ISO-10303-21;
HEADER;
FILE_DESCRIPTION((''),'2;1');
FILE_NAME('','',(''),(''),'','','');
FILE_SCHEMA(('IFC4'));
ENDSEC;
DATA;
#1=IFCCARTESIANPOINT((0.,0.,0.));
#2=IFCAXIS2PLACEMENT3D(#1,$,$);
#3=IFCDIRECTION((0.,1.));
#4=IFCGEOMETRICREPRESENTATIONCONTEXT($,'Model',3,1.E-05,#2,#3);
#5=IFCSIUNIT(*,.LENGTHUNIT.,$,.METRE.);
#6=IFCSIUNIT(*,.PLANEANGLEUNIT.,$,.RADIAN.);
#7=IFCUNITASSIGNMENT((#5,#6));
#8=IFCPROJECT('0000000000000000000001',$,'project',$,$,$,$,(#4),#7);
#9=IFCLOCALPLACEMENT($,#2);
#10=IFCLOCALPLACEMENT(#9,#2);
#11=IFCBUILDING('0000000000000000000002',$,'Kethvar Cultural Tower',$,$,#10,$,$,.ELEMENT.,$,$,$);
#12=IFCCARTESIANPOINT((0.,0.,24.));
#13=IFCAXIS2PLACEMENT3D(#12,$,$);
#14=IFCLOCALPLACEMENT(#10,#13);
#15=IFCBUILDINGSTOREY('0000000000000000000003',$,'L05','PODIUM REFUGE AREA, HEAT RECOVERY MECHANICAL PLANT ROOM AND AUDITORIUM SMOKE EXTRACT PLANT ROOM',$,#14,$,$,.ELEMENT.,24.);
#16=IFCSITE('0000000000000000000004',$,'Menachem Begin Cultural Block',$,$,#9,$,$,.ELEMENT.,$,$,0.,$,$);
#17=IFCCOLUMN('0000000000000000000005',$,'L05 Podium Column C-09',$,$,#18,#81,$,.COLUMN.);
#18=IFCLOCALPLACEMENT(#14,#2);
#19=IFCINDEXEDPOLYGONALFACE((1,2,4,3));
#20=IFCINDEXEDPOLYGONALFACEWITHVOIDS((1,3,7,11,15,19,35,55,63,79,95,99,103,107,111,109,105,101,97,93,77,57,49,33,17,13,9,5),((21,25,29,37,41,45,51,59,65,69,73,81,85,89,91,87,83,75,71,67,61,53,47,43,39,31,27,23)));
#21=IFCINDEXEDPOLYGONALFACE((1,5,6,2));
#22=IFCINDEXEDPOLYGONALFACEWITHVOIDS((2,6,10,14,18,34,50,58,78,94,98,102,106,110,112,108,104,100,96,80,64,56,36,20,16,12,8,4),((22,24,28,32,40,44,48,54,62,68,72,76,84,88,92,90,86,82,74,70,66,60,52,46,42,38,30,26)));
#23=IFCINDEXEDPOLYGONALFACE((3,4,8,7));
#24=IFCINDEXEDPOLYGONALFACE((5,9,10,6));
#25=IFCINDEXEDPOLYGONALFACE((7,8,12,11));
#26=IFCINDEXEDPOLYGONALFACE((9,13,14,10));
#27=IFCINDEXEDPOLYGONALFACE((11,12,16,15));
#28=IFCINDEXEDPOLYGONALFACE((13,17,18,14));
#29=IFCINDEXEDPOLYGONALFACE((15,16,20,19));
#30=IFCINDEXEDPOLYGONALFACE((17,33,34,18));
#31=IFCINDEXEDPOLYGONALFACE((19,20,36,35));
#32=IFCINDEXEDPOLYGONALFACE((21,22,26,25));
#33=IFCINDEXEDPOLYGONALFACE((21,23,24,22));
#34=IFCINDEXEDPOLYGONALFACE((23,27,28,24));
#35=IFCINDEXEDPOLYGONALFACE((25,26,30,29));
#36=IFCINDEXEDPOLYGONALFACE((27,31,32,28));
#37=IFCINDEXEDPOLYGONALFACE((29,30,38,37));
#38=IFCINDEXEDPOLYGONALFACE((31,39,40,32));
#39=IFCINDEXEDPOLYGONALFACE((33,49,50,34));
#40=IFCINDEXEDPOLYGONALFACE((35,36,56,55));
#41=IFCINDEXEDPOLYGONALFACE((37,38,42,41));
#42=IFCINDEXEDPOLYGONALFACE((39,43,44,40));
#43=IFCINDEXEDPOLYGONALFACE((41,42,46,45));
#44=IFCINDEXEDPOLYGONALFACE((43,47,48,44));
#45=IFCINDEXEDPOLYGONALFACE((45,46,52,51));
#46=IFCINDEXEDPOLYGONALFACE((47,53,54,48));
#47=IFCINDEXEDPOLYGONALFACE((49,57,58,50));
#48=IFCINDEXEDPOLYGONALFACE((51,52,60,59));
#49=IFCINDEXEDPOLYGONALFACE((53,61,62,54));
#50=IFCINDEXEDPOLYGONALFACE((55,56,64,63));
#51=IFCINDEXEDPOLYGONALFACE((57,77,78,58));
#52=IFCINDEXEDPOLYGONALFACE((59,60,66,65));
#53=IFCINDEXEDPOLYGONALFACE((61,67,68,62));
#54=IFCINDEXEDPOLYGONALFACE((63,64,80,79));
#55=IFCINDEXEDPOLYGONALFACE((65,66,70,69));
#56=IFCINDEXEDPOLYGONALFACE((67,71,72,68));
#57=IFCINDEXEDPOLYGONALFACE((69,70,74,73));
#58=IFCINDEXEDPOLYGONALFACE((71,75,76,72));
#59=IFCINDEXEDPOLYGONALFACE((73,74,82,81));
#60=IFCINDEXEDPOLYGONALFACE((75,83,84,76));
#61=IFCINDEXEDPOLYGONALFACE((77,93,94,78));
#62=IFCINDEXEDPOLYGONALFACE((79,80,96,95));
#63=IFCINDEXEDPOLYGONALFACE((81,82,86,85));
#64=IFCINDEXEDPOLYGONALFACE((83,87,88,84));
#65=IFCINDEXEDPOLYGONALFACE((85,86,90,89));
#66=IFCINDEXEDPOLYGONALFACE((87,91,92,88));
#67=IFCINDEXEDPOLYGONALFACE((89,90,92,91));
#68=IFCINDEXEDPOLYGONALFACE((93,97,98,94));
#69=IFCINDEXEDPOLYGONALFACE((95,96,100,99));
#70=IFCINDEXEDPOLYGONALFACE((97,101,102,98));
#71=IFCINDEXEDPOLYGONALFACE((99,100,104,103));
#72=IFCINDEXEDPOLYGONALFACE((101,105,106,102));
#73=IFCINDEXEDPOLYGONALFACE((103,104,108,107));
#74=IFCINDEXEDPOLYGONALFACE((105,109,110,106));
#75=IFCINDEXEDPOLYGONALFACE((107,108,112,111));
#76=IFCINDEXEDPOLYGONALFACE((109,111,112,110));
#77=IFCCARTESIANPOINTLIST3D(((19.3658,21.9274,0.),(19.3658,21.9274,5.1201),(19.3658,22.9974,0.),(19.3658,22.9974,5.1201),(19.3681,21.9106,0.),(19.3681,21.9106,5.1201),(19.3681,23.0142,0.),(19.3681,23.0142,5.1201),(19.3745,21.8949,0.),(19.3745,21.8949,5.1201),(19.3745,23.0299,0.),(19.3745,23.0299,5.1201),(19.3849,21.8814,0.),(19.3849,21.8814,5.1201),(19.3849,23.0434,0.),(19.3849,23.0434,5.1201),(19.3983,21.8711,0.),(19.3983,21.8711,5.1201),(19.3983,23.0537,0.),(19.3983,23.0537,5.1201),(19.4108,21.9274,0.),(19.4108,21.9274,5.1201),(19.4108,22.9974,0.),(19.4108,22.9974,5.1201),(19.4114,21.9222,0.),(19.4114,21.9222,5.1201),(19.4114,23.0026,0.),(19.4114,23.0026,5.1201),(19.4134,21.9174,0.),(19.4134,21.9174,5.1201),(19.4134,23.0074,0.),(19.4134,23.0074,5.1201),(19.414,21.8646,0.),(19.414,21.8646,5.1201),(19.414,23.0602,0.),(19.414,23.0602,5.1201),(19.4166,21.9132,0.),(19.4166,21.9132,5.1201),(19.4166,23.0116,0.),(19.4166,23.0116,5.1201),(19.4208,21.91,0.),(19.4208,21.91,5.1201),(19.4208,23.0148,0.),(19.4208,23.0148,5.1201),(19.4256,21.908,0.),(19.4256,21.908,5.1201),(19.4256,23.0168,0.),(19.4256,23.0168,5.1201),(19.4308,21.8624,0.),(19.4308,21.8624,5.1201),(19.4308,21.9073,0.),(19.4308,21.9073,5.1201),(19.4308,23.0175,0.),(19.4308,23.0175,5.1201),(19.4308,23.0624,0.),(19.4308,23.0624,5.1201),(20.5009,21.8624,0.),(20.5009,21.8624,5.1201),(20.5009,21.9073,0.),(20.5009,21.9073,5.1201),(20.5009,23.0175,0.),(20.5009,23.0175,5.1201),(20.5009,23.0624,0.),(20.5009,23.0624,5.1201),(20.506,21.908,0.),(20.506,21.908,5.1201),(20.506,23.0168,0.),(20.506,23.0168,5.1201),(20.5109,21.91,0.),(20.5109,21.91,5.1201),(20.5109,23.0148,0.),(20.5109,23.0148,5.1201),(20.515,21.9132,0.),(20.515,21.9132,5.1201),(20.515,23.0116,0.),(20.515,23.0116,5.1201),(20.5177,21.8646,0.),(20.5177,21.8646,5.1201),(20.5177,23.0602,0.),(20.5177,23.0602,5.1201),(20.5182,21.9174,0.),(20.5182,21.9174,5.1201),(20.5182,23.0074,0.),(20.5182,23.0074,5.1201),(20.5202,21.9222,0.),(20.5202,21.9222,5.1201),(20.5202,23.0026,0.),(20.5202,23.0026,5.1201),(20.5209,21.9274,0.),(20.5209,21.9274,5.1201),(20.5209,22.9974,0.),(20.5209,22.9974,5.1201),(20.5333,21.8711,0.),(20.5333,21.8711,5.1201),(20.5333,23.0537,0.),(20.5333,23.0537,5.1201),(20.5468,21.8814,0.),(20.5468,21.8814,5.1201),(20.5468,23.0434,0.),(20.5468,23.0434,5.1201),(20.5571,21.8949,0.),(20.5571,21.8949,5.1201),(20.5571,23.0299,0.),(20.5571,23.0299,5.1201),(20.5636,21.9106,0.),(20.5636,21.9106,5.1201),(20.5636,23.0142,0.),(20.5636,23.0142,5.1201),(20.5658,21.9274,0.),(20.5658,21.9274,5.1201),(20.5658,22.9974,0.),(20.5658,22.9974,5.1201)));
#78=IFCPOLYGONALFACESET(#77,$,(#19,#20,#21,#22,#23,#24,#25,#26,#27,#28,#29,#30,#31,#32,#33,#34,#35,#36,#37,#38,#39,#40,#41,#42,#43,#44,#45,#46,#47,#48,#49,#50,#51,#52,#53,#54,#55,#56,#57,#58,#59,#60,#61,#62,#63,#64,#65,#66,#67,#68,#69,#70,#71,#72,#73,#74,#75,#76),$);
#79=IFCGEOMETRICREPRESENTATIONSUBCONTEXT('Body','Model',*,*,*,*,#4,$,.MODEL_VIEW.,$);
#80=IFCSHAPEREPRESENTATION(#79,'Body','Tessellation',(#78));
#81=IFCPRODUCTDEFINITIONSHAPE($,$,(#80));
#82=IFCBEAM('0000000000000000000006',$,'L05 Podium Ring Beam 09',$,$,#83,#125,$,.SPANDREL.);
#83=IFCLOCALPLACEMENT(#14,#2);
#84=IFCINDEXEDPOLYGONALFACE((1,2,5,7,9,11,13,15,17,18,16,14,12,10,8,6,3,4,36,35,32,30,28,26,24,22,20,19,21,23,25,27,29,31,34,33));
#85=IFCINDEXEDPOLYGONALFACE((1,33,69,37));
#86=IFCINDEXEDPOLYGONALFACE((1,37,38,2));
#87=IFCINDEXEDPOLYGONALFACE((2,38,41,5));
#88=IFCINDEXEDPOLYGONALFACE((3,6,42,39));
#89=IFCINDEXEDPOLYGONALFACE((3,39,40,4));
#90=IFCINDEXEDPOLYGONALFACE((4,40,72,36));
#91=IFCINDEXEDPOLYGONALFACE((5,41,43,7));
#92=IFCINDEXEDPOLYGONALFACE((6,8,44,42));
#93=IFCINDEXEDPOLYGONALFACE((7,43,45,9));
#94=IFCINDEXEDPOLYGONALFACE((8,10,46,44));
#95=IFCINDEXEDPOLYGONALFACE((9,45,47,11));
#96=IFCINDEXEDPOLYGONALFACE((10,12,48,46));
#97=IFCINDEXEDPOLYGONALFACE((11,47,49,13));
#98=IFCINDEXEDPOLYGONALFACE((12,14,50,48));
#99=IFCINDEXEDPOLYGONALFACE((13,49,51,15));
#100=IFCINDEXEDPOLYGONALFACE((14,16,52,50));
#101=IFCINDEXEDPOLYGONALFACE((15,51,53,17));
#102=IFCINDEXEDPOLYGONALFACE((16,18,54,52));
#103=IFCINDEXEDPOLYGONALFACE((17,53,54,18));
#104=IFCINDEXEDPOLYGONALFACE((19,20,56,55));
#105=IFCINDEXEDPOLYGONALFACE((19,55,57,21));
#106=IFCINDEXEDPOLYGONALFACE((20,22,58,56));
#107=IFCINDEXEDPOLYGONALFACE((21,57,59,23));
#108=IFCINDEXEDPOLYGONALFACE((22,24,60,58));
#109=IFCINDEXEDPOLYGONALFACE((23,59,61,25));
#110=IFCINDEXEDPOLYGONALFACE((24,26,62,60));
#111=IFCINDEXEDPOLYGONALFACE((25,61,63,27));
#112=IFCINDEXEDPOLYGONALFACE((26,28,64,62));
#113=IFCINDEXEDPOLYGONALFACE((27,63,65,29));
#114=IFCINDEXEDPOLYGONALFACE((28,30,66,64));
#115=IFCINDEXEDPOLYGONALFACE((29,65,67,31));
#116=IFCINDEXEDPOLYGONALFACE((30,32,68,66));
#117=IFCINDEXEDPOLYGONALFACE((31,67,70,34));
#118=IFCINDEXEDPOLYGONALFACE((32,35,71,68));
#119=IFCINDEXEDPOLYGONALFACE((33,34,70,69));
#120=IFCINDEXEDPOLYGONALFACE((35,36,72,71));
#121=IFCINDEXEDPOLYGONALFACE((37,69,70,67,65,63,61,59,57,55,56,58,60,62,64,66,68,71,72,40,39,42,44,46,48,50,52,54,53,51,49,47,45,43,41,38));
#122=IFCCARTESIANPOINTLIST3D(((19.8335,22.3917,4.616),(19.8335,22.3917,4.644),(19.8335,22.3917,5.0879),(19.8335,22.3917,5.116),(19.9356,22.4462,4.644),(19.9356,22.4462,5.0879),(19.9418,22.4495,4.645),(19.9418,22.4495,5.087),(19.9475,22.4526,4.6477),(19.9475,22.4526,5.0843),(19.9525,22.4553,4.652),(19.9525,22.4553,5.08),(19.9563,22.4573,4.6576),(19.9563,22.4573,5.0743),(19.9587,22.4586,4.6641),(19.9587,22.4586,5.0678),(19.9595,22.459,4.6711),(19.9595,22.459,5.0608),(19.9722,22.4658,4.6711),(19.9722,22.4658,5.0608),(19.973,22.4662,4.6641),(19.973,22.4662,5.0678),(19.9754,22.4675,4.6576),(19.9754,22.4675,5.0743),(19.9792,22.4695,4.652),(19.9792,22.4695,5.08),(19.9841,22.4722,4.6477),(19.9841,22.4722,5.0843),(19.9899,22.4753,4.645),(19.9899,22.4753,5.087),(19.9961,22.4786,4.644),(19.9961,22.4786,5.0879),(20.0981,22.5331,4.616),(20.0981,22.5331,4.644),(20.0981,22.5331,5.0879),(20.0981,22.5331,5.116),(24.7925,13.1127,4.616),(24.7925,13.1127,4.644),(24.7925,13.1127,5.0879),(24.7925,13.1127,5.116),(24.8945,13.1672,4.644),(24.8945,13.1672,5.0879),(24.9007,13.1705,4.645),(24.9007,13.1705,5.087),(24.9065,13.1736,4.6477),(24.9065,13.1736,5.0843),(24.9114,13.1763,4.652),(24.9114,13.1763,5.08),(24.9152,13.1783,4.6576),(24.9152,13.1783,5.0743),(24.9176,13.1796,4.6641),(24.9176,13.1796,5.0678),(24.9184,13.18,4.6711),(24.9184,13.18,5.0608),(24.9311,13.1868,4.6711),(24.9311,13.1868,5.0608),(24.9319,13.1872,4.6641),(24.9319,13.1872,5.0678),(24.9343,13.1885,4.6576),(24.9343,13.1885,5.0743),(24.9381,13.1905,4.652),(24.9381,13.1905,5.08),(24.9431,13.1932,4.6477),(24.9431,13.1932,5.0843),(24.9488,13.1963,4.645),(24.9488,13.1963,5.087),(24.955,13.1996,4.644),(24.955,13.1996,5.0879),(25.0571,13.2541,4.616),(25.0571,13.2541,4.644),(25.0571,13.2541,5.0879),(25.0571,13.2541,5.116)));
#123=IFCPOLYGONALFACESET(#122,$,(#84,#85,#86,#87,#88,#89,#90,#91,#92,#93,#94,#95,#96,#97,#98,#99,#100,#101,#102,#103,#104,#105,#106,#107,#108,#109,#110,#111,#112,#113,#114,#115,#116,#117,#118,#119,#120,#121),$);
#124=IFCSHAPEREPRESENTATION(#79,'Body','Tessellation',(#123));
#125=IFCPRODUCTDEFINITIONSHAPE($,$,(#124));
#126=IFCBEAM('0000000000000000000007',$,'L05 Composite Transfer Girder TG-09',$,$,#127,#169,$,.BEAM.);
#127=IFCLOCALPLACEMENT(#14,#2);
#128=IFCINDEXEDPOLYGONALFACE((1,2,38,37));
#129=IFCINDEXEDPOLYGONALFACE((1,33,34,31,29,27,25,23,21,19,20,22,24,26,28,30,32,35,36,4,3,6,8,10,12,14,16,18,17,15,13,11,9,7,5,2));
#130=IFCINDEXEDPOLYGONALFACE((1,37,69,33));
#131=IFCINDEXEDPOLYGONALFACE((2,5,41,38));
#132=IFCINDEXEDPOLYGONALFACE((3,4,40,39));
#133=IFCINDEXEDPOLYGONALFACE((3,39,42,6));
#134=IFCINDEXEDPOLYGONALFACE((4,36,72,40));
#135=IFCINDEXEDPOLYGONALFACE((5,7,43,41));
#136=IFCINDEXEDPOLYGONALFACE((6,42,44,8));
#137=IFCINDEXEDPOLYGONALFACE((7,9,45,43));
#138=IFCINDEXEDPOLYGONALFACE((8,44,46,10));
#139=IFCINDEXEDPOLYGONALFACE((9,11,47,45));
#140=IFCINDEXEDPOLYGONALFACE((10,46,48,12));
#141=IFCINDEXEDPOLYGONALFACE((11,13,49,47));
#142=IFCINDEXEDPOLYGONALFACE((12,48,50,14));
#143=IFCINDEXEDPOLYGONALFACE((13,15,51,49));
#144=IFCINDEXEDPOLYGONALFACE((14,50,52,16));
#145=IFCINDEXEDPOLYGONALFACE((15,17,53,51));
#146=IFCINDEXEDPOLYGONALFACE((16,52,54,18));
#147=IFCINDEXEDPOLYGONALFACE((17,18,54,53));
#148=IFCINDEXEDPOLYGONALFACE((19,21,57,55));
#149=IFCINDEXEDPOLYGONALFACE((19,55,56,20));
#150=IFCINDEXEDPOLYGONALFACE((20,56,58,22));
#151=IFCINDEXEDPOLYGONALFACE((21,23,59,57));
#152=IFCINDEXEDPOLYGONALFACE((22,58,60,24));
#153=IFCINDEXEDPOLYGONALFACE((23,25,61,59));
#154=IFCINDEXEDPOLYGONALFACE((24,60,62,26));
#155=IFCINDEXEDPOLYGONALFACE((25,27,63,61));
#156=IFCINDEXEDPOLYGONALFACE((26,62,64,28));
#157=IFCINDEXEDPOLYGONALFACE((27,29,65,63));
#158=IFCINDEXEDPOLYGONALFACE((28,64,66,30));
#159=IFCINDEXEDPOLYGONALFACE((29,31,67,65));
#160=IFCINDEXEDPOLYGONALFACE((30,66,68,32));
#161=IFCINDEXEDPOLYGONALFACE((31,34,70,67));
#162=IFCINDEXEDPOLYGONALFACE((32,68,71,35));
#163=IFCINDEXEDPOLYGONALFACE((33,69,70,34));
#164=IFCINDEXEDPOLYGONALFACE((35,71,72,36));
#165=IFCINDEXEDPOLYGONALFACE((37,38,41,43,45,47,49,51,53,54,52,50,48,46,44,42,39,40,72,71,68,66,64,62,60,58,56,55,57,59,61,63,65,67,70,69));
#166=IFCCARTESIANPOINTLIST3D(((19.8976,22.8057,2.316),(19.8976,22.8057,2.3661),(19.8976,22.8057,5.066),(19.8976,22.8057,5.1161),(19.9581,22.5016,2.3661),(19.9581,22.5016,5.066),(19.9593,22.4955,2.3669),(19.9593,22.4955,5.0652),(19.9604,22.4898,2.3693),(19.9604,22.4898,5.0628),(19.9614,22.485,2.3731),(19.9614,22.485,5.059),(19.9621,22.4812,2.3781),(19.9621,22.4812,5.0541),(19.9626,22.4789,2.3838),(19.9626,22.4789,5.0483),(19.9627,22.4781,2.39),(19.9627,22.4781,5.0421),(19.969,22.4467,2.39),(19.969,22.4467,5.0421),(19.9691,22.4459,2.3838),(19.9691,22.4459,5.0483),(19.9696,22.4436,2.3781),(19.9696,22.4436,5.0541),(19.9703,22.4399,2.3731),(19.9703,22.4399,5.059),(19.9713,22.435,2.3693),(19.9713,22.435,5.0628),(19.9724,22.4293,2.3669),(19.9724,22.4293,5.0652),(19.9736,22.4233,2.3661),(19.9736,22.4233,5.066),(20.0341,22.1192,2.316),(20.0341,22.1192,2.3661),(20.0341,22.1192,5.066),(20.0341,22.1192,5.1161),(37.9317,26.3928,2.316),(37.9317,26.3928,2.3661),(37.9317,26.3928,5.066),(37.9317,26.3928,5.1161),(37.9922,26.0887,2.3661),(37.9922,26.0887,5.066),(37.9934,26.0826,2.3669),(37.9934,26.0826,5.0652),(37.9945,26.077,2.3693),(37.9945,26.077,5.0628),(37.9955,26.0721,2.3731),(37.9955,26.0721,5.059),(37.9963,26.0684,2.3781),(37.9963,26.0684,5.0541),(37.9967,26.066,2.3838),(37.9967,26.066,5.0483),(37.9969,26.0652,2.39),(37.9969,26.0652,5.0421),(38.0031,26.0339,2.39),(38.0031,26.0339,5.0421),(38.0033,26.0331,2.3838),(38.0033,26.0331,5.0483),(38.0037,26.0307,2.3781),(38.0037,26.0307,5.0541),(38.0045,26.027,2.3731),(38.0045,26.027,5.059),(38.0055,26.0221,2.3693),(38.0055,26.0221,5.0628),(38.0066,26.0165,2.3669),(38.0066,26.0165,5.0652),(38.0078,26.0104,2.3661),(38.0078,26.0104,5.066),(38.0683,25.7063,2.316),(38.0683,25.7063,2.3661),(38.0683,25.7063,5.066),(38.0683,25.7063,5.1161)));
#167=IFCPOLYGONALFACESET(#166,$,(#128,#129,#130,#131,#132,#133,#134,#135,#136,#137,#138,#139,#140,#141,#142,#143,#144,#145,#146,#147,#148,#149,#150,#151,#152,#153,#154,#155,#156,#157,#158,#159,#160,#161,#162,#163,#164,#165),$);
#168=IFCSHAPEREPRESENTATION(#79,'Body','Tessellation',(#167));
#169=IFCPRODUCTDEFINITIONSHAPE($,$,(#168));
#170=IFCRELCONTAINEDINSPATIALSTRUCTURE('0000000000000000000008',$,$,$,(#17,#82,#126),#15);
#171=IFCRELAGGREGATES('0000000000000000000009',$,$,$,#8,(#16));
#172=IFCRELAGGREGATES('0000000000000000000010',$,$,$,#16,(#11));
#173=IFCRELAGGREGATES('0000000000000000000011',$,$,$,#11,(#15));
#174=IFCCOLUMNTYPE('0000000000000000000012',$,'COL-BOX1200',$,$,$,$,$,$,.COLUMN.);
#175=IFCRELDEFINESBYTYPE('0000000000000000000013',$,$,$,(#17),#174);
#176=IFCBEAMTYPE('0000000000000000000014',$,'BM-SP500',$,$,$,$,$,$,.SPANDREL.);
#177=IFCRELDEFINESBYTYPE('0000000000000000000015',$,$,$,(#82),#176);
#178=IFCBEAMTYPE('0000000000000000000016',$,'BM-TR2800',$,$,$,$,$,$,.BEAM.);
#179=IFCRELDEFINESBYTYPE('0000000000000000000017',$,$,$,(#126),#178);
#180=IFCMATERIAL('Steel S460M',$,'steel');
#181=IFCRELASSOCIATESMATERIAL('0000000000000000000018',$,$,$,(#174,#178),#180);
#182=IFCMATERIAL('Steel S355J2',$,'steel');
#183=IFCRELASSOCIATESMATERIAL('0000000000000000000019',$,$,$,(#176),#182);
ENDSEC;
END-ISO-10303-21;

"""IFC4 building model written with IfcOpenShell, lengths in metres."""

from ifc_helpers import new_model, si_unit, direction, frame, origin, origin_2d, place, context, subcontext, project, spatial, hollow_rectangle, i_section, extrude, source, transform, mapped, material, material_profile, profile_set, type_object, element, save


model = new_model("IFC4")

# Units and contexts
model_context = context("Model", 3, precision=1e-05, world=origin(), true_north=direction((0.0, 1.0)))
body_context = subcontext(model_context, "Body", "Model", "MODEL_VIEW")
ifc_project = project(units=[si_unit("LENGTHUNIT", "METRE"), si_unit("PLANEANGLEUNIT", "RADIAN")], contexts=[model_context])

# Site, building, storey
site_placement = place(None, origin())
site = spatial("IfcSite", under=ifc_project, at=site_placement, Name="Menachem Begin Cultural Block", CompositionType="ELEMENT", RefElevation=0.0)
building_placement = place(site_placement, origin())
building = spatial("IfcBuilding", under=site, at=building_placement, Name="Kethvar Cultural Tower", CompositionType="ELEMENT")
storey_placement = place(building_placement, frame((0.0, 0.0, 24.0)))
storey = spatial("IfcBuildingStorey", under=building, at=storey_placement, Name="L05", Description="PODIUM REFUGE AREA, HEAT RECOVERY MECHANICAL PLANT ROOM AND AUDITORIUM SMOKE EXTRACT PLANT ROOM", CompositionType="ELEMENT", Elevation=24.0)

# Column
ifc_material_1 = material(Name="Steel S460M", Category="steel")
ifc_material_profile_1 = material_profile(ifc_material_1, hollow_rectangle(XDim=1.2, YDim=1.2, WallThickness=0.0449, InnerFilletRadius=0.02, OuterFilletRadius=0.0649, at=origin_2d()), Name="Steel S460M — BOX1200x1200x45")
ifc_profile_set_1 = profile_set([ifc_material_profile_1], Name="Steel S460M — BOX1200x1200x45")
column_type = type_object("IfcColumnType", Name="COL-BOX1200", PredefinedType="COLUMN", material=ifc_profile_set_1)
shared_shape_1 = source(origin(), body_context, "Body", "SweptSolid", [
    extrude(hollow_rectangle(XDim=1.2, YDim=1.2, WallThickness=0.0449, InnerFilletRadius=0.02, OuterFilletRadius=0.0649, at=origin_2d()), origin(), (0.0, 0.0, 1.0), 5.1201),
])
column_placement = place(storey_placement, frame((19.9658, 22.4624, 0.0), z_axis=(0.0, 0.0, 1.0), x_axis=(1.0, 0.0, 0.0)))
element("IfcColumn", 1, at=column_placement, inside=storey, type_object=column_type, Name="L05 Podium Column C-09", PredefinedType="COLUMN", context=body_context, shape_type="MappedRepresentation", body=[
    mapped(shared_shape_1, transform((0.0, 0.0, 0.0), scale=1.0)),
])

# Beams
ifc_material_2 = material(Name="Steel S355J2", Category="steel")
ifc_material_profile_2 = material_profile(ifc_material_2, i_section(OverallWidth=0.3, OverallDepth=0.5, WebThickness=0.0144, FlangeThickness=0.0281, FilletRadius=0.0271, at=origin_2d()), Name="Steel S355J2 — HEB500")
ifc_profile_set_2 = profile_set([ifc_material_profile_2], Name="Steel S355J2 — HEB500")
beam_type_1 = type_object("IfcBeamType", Name="BM-SP500", PredefinedType="SPANDREL", material=ifc_profile_set_2)
shared_shape_2 = source(origin(), body_context, "Body", "SweptSolid", [
    extrude(i_section(OverallWidth=0.3, OverallDepth=0.5, WebThickness=0.0144, FlangeThickness=0.0281, FilletRadius=0.0271, at=origin_2d()), origin(), (0.0, 0.0, 1.0), 10.521),
])
beam_1_placement = place(storey_placement, frame((19.9658, 22.4624, 4.866), z_axis=(0.47134, -0.881952, 0.0), x_axis=(0.881952, 0.47134, 0.0)))
element("IfcBeam", 2, at=beam_1_placement, inside=storey, type_object=beam_type_1, Name="L05 Podium Ring Beam 09", PredefinedType="SPANDREL", context=body_context, shape_type="MappedRepresentation", body=[
    mapped(shared_shape_2, transform((0.0, 0.0, 0.0), scale=1.0)),
])
ifc_material_profile_3 = material_profile(ifc_material_1, i_section(OverallWidth=0.7, OverallDepth=2.8, WebThickness=0.032, FlangeThickness=0.05, FilletRadius=0.0239, at=origin_2d()), Name="Steel S460M — PG2800x700x50x32")
ifc_profile_set_3 = profile_set([ifc_material_profile_3], Name="Steel S460M — PG2800x700x50x32")
beam_type_2 = type_object("IfcBeamType", Name="BM-TR2800", PredefinedType="BEAM", material=ifc_profile_set_3)
shared_shape_3 = source(origin(), body_context, "Body", "SweptSolid", [
    extrude(i_section(OverallWidth=0.7, OverallDepth=2.8, WebThickness=0.032, FlangeThickness=0.05, FilletRadius=0.0239, at=origin_2d()), origin(), (0.0, 0.0, 1.0), 18.3875),
])
beam_2_placement = place(storey_placement, frame((38.0, 26.0496, 3.7161), z_axis=(-0.980786, -0.195087, 0.0), x_axis=(0.195087, -0.980786, 0.0)))
element("IfcBeam", 3, at=beam_2_placement, inside=storey, type_object=beam_type_2, Name="L05 Composite Transfer Girder TG-09", PredefinedType="BEAM", context=body_context, shape_type="MappedRepresentation", body=[
    mapped(shared_shape_3, transform((0.0, 0.0, 0.0), scale=1.0)),
])

save(model, "model.ifc")
